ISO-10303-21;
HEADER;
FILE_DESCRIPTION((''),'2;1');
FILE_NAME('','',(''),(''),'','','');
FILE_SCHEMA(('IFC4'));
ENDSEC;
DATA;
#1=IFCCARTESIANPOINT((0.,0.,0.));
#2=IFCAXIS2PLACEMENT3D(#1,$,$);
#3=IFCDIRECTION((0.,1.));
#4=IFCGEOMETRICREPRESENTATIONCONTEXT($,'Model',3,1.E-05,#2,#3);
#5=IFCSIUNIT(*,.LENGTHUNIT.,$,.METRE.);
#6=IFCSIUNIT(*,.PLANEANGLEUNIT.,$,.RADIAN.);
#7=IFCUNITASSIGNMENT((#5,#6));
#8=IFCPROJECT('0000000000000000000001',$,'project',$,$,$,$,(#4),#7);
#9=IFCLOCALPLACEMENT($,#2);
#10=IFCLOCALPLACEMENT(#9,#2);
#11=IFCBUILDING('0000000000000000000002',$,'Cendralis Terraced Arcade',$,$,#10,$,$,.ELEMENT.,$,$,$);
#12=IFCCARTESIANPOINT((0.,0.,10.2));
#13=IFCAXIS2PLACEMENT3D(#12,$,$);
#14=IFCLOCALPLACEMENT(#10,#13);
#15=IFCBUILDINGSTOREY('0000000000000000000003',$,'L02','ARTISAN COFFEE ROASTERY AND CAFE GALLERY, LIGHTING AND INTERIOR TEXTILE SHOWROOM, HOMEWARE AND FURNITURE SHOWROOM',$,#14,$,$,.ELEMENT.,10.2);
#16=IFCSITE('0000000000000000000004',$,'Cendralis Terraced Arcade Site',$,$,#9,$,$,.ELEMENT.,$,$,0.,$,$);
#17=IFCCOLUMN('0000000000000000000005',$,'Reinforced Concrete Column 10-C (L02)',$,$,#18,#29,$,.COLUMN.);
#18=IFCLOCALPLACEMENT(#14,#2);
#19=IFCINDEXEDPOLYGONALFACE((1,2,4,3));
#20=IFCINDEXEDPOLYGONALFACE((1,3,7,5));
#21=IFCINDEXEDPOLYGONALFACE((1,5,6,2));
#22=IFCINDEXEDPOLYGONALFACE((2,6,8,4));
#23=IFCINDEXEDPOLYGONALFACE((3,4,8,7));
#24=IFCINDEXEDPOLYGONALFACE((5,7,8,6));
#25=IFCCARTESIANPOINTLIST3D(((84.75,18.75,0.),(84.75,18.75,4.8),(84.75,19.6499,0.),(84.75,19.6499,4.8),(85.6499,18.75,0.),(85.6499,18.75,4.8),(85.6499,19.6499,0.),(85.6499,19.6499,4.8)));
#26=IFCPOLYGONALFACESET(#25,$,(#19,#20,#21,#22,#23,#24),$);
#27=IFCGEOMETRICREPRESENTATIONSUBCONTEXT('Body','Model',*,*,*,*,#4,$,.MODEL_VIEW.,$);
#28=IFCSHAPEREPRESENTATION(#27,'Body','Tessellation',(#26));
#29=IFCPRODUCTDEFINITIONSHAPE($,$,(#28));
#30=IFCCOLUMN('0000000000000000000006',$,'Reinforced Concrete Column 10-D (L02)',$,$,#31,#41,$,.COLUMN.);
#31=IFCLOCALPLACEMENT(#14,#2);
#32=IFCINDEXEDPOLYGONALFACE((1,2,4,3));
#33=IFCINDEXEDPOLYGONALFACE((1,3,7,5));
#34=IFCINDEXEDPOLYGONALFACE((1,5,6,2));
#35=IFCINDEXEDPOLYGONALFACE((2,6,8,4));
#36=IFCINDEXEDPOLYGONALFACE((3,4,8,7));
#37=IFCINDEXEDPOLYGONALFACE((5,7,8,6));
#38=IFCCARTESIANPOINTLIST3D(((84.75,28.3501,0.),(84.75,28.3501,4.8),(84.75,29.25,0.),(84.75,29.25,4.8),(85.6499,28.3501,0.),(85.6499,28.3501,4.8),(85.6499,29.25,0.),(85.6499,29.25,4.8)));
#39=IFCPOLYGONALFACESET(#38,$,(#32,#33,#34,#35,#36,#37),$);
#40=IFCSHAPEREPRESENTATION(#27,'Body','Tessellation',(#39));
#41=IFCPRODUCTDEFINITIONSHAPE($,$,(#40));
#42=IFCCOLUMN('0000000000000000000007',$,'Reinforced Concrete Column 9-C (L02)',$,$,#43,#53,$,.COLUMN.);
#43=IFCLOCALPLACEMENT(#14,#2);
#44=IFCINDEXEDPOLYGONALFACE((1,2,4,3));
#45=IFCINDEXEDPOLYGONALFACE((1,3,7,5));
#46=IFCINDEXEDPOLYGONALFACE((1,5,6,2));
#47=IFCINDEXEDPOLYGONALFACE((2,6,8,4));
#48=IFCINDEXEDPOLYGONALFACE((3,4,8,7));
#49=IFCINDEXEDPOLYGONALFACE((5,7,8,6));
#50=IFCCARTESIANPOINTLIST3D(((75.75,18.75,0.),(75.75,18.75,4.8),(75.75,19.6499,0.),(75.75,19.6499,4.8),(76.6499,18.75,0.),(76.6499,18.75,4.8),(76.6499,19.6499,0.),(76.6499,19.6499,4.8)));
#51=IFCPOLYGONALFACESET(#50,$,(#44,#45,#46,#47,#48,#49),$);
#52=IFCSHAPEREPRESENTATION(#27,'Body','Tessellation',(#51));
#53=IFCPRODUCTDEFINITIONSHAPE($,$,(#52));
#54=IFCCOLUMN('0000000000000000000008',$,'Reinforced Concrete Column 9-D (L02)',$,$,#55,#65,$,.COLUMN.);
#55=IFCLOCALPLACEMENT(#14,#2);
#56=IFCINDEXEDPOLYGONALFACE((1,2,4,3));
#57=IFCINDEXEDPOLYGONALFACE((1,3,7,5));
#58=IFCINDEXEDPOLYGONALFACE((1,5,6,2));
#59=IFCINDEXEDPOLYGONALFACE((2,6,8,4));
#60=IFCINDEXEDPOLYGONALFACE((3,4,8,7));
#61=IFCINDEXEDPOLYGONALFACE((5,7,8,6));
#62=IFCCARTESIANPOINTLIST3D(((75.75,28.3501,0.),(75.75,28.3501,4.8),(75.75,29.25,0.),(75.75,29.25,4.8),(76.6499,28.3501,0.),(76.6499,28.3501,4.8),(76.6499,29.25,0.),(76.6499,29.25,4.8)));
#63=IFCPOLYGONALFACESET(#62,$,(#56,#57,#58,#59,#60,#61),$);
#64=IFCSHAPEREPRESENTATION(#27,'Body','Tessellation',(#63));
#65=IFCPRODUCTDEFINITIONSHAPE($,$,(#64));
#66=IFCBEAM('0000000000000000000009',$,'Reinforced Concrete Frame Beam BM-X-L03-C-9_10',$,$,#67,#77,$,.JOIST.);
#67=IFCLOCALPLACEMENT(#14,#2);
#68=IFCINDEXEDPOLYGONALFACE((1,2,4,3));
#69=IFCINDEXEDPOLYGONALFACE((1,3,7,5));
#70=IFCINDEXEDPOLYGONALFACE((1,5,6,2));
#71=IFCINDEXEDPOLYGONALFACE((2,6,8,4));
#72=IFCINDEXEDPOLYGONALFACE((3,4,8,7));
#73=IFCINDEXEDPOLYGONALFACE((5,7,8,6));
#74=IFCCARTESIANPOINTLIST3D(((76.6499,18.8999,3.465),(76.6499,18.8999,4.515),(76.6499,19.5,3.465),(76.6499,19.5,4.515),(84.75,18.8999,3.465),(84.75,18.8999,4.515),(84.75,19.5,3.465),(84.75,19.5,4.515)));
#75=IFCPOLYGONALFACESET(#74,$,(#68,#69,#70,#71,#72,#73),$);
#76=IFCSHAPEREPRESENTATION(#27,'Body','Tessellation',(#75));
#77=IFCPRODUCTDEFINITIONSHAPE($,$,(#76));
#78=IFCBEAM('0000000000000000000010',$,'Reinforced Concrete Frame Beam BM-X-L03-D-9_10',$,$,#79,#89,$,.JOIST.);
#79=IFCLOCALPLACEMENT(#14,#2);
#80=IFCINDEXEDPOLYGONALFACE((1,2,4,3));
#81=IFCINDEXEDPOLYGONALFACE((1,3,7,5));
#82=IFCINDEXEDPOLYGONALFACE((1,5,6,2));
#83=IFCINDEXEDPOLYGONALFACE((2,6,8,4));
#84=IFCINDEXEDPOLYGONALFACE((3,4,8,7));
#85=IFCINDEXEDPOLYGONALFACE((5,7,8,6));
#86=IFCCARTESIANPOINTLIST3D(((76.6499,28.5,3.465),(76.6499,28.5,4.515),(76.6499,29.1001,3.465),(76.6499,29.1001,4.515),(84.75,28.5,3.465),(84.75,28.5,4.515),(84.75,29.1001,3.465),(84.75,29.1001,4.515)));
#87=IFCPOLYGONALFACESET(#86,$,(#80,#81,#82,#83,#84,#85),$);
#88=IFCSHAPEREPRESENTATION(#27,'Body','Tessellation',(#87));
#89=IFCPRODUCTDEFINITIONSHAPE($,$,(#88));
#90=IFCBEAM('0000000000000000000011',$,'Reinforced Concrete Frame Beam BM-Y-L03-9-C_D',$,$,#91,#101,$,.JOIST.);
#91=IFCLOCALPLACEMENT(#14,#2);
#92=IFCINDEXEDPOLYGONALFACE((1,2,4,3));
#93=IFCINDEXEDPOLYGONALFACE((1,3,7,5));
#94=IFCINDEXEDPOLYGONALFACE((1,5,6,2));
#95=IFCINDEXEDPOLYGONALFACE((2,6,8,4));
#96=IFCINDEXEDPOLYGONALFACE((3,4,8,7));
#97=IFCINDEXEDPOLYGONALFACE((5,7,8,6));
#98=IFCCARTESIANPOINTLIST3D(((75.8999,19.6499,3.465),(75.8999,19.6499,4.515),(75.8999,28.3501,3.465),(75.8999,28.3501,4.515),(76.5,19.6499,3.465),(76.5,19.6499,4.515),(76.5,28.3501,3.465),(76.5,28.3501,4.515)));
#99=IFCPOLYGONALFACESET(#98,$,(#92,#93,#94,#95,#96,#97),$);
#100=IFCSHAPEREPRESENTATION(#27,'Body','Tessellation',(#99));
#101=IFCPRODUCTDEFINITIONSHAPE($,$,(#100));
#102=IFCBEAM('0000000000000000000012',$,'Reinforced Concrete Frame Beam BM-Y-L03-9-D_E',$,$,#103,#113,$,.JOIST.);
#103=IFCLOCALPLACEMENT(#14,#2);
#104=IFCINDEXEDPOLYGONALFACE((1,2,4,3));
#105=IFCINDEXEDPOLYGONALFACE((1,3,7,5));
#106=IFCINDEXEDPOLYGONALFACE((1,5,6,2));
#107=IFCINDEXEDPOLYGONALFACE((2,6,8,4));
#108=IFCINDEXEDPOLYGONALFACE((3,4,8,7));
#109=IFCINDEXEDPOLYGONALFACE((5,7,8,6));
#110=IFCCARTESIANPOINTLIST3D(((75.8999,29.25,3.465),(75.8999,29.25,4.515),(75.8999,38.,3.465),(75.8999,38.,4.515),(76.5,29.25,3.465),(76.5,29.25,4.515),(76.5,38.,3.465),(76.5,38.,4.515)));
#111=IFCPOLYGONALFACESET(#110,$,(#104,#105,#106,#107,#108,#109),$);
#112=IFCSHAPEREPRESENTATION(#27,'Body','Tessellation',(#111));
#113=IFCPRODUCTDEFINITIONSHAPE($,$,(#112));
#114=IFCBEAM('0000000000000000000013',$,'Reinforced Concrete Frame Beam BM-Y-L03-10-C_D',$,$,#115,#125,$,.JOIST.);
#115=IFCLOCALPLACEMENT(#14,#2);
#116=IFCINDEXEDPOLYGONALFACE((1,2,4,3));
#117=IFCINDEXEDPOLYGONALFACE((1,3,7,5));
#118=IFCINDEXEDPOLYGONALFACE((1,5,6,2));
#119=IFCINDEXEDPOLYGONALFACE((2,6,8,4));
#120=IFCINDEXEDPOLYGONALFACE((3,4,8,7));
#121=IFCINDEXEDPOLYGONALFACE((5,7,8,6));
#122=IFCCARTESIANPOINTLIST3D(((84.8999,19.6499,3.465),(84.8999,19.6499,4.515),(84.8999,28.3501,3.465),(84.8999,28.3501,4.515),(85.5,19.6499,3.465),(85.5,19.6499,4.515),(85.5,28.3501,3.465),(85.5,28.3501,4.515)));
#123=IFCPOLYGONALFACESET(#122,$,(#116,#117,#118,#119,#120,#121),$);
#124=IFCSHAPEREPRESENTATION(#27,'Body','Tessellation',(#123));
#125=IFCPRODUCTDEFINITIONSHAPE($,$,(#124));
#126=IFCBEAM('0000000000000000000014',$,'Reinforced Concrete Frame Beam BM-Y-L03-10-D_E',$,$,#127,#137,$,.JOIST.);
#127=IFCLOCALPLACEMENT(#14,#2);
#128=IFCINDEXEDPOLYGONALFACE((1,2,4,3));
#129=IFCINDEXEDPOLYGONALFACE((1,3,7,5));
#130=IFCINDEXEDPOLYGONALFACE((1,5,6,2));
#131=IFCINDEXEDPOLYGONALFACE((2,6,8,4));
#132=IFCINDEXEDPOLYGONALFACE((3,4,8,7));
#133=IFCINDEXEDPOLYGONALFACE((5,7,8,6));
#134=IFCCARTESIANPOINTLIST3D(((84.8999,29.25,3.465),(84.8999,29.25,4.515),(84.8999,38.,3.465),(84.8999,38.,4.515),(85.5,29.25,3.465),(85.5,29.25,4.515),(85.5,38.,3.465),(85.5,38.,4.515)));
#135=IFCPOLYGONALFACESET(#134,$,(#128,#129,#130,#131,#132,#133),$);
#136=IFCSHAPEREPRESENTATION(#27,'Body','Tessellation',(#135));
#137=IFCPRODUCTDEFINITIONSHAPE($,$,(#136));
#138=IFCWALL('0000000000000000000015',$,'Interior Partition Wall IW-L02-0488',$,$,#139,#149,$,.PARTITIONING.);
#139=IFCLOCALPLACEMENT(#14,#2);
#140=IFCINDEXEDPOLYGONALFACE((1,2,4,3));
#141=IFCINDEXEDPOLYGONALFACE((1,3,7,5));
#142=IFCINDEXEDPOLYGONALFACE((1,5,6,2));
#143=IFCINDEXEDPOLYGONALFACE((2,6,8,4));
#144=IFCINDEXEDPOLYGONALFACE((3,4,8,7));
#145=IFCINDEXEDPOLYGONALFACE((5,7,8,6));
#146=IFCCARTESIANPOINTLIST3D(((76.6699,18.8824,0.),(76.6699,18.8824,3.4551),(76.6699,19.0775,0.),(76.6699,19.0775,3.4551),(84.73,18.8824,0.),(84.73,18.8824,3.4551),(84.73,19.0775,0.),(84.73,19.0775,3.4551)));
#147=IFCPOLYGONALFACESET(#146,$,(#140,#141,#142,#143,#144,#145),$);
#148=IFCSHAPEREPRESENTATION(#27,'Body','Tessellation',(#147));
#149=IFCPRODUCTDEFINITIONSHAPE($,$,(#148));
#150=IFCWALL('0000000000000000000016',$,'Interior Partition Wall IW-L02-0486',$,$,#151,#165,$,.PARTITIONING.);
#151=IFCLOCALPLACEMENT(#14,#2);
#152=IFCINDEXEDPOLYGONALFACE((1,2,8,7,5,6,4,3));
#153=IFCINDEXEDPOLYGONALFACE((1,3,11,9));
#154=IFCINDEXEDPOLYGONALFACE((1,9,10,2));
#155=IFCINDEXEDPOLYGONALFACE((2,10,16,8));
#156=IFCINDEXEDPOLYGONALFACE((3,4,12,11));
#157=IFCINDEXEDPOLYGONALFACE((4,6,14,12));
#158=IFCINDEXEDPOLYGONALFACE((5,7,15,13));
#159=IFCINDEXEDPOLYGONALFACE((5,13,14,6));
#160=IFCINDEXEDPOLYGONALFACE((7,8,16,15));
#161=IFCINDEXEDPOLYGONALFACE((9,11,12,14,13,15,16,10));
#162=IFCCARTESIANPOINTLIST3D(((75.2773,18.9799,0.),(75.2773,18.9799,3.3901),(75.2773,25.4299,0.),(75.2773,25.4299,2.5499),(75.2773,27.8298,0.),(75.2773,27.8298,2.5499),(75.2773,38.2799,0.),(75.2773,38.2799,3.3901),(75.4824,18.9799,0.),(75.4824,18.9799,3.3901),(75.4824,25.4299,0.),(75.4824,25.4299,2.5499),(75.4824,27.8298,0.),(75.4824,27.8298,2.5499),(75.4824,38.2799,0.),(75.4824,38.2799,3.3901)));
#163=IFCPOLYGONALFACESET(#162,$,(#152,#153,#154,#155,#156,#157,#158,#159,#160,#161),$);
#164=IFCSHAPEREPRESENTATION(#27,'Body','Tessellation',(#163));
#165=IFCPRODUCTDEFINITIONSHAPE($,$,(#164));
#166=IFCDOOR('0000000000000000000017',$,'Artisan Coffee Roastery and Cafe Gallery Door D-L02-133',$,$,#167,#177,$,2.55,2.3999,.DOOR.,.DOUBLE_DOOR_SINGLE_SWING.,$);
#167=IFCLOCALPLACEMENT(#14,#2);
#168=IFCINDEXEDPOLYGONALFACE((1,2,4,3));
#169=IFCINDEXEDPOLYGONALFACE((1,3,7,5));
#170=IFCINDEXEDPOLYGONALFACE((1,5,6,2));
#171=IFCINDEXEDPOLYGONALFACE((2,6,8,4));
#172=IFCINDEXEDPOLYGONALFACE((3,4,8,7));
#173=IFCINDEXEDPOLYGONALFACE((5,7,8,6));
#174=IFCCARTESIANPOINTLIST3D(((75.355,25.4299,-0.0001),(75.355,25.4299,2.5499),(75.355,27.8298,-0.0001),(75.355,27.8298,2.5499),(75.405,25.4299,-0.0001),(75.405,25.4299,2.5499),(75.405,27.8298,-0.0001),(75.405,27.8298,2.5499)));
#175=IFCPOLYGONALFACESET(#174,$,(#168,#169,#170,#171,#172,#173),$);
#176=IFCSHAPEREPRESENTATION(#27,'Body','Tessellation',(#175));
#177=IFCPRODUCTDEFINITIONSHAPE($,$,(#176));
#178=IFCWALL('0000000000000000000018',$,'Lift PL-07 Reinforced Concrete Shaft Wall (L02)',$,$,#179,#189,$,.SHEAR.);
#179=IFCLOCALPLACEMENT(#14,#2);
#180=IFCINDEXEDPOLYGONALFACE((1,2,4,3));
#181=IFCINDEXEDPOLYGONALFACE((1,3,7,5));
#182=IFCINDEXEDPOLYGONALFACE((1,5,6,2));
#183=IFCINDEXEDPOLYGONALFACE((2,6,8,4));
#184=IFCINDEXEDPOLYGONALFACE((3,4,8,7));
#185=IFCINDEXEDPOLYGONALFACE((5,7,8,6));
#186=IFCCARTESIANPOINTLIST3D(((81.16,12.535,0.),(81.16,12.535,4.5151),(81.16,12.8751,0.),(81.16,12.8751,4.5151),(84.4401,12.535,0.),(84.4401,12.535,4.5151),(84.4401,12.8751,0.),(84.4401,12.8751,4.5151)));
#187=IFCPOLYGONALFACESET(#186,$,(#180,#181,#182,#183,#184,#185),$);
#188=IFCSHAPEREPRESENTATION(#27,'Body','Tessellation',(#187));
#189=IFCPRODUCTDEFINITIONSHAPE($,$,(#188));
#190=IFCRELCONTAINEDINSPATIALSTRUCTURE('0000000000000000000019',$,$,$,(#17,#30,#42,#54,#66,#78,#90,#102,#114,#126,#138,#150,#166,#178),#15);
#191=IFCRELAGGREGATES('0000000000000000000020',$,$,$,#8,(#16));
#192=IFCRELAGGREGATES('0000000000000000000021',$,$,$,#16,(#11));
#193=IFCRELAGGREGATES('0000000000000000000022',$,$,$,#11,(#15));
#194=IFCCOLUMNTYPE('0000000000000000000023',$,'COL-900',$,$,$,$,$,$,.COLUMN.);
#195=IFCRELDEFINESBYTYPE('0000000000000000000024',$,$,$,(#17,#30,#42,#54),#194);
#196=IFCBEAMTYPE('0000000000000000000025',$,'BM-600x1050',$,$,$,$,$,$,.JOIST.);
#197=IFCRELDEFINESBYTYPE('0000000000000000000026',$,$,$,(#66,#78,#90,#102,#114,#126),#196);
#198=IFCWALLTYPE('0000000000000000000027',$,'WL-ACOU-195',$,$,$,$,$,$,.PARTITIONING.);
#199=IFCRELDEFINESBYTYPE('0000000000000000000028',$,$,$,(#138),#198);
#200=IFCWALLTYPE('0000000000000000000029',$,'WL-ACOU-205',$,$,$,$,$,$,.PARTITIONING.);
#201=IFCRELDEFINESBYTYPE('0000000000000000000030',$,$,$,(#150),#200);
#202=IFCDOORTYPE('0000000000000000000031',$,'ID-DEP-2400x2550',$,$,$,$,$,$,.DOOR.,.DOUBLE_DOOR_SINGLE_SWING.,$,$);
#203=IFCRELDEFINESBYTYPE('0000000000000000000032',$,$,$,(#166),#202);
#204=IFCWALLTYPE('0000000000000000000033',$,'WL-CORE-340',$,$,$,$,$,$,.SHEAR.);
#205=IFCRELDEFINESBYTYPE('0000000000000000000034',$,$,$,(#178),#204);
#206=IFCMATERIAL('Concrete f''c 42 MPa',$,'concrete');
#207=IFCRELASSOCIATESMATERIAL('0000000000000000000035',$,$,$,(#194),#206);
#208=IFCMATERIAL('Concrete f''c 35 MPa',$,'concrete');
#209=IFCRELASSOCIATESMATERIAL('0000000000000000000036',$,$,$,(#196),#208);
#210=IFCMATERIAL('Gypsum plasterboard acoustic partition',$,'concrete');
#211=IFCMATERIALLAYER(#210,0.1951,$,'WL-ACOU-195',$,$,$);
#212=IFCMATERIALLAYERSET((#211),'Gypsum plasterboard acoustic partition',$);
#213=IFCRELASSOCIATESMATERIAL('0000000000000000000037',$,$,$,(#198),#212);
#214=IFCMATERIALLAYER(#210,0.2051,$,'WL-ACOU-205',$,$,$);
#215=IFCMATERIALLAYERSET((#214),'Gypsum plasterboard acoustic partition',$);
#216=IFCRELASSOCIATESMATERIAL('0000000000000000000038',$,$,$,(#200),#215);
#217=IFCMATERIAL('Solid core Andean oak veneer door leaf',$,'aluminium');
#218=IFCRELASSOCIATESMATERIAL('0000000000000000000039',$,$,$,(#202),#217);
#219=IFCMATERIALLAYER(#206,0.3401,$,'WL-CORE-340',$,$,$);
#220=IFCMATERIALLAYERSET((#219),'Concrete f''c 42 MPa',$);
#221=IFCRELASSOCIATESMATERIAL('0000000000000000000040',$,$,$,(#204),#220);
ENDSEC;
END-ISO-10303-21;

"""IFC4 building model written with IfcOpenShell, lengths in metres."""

from ifc_helpers import new_model, si_unit, direction, frame, frame_2d, origin, origin_2d, place, context, subcontext, project, spatial, rectangle, extrude, material, layer, layer_set, material_profile, profile_set, type_object, element, fill, save


model = new_model("IFC4")

# Units and contexts
model_context = context("Model", 3, precision=1e-05, world=origin(), true_north=direction((0.0, 1.0)))
body_context = subcontext(model_context, "Body", "Model", "MODEL_VIEW")
ifc_project = project(units=[si_unit("LENGTHUNIT", "METRE"), si_unit("PLANEANGLEUNIT", "RADIAN")], contexts=[model_context])

# Site, building, storey
site_placement = place(None, origin())
site = spatial("IfcSite", under=ifc_project, at=site_placement, Name="Cendralis Terraced Arcade Site", CompositionType="ELEMENT", RefElevation=0.0)
building_placement = place(site_placement, origin())
building = spatial("IfcBuilding", under=site, at=building_placement, Name="Cendralis Terraced Arcade", CompositionType="ELEMENT")
storey_placement = place(building_placement, frame((0.0, 0.0, 10.2)))
storey = spatial("IfcBuildingStorey", under=building, at=storey_placement, Name="L02", Description="ARTISAN COFFEE ROASTERY AND CAFE GALLERY, LIGHTING AND INTERIOR TEXTILE SHOWROOM, HOMEWARE AND FURNITURE SHOWROOM", CompositionType="ELEMENT", Elevation=10.2)

# Columns
ifc_material_1 = material(Name="Concrete f'c 42 MPa", Category="concrete")
ifc_material_profile_1 = material_profile(ifc_material_1, rectangle(XDim=0.8999, YDim=0.8999, at=origin_2d()), Name="RC-COL-900x900", Category="LoadBearing")
ifc_profile_set_1 = profile_set([ifc_material_profile_1], Name="Concrete f'c 42 MPa")
column_type = type_object("IfcColumnType", Name="COL-900", PredefinedType="COLUMN", material=ifc_profile_set_1)
for number, where, z_axis, x_axis, name in (
    (1, (85.2, 19.2, 0.0), (0.0, 0.0, 1.0), (1.0, 0.0, 0.0), "Reinforced Concrete Column 10-C (L02)"),
    (2, (85.2, 28.8, 0.0), (0.0, 0.0, 1.0), (1.0, 0.0, 0.0), "Reinforced Concrete Column 10-D (L02)"),
    (3, (76.2, 19.2, 0.0), (0.0, 0.0, 1.0), (1.0, 0.0, 0.0), "Reinforced Concrete Column 9-C (L02)"),
    (4, (76.2, 28.8, 0.0), (0.0, 0.0, 1.0), (1.0, 0.0, 0.0), "Reinforced Concrete Column 9-D (L02)"),
):
    element("IfcColumn", number, at=place(storey_placement, frame(where, z_axis=z_axis, x_axis=x_axis)), inside=storey, type_object=column_type, Name=name, PredefinedType="COLUMN", context=body_context, shape_type="SweptSolid", body=[
        extrude(rectangle(XDim=0.8999, YDim=0.8999, at=origin_2d()), origin(), (0.0, 0.0, 1.0), 4.8),
    ])

# Beams
ifc_material_2 = material(Name="Concrete f'c 35 MPa", Category="concrete")
ifc_material_profile_2 = material_profile(ifc_material_2, rectangle(XDim=0.6001, YDim=1.05, at=origin_2d()), Name="RC-BM-600x1050", Category="LoadBearing")
ifc_profile_set_2 = profile_set([ifc_material_profile_2], Name="Concrete f'c 35 MPa")
beam_type = type_object("IfcBeamType", Name="BM-600x1050", PredefinedType="JOIST", material=ifc_profile_set_2)
for number, where, z_axis, x_axis, name in (
    (5, (76.6499, 19.2, 3.99), (1.0, 0.0, 0.0), (0.0, 1.0, 0.0), "Reinforced Concrete Frame Beam BM-X-L03-C-9_10"),
    (6, (76.6499, 28.8, 3.99), (1.0, 0.0, 0.0), (0.0, 1.0, 0.0), "Reinforced Concrete Frame Beam BM-X-L03-D-9_10"),
):
    element("IfcBeam", number, at=place(storey_placement, frame(where, z_axis=z_axis, x_axis=x_axis)), inside=storey, type_object=beam_type, Name=name, PredefinedType="JOIST", context=body_context, shape_type="SweptSolid", body=[
        extrude(rectangle(XDim=0.6001, YDim=1.05, at=origin_2d()), origin(), (0.0, 0.0, 1.0), 8.1001),
    ])
beam_1_placement = place(storey_placement, frame((76.2, 19.6499, 3.99), z_axis=(0.0, 1.0, 0.0), x_axis=(-1.0, 0.0, 0.0)))
element("IfcBeam", 7, at=beam_1_placement, inside=storey, type_object=beam_type, Name="Reinforced Concrete Frame Beam BM-Y-L03-9-C_D", PredefinedType="JOIST", context=body_context, shape_type="SweptSolid", body=[
    extrude(rectangle(XDim=0.6001, YDim=1.05, at=origin_2d()), origin(), (0.0, 0.0, 1.0), 8.7002),
])
beam_2_placement = place(storey_placement, frame((76.2, 29.25, 3.99), z_axis=(0.0, 1.0, 0.0), x_axis=(-1.0, 0.0, 0.0)))
element("IfcBeam", 8, at=beam_2_placement, inside=storey, type_object=beam_type, Name="Reinforced Concrete Frame Beam BM-Y-L03-9-D_E", PredefinedType="JOIST", context=body_context, shape_type="SweptSolid", body=[
    extrude(rectangle(XDim=0.6001, YDim=1.05, at=origin_2d()), origin(), (0.0, 0.0, 1.0), 8.75),
])
beam_3_placement = place(storey_placement, frame((85.2, 19.6499, 3.99), z_axis=(0.0, 1.0, 0.0), x_axis=(-1.0, 0.0, 0.0)))
element("IfcBeam", 9, at=beam_3_placement, inside=storey, type_object=beam_type, Name="Reinforced Concrete Frame Beam BM-Y-L03-10-C_D", PredefinedType="JOIST", context=body_context, shape_type="SweptSolid", body=[
    extrude(rectangle(XDim=0.6001, YDim=1.05, at=origin_2d()), origin(), (0.0, 0.0, 1.0), 8.7002),
])
beam_4_placement = place(storey_placement, frame((85.2, 29.25, 3.99), z_axis=(0.0, 1.0, 0.0), x_axis=(-1.0, 0.0, 0.0)))
element("IfcBeam", 10, at=beam_4_placement, inside=storey, type_object=beam_type, Name="Reinforced Concrete Frame Beam BM-Y-L03-10-D_E", PredefinedType="JOIST", context=body_context, shape_type="SweptSolid", body=[
    extrude(rectangle(XDim=0.6001, YDim=1.05, at=origin_2d()), origin(), (0.0, 0.0, 1.0), 8.75),
])

# Wall
ifc_material_3 = material(Name="Gypsum plasterboard acoustic partition", Category="concrete")
ifc_layer_1 = layer(ifc_material_3, 0.1951, Name="WL-ACOU-195")
ifc_layer_set_1 = layer_set([ifc_layer_1], Name="Gypsum plasterboard acoustic partition")
wall_type_1 = type_object("IfcWallType", Name="WL-ACOU-195", PredefinedType="PARTITIONING", material=ifc_layer_set_1)
wall_1_placement = place(storey_placement, frame((84.73, 18.98, 0.0), z_axis=(0.0, 0.0, 1.0), x_axis=(-1.0, 0.0, 0.0)))
element("IfcWall", 11, at=wall_1_placement, inside=storey, type_object=wall_type_1, Name="Interior Partition Wall IW-L02-0488", PredefinedType="PARTITIONING", context=body_context, shape_type="SweptSolid", body=[
    extrude(rectangle(XDim=8.0601, YDim=0.1951, at=frame_2d((4.03, 0.0))), origin(), (0.0, 0.0, 1.0), 3.4551),
])

# Wall, opening, door
ifc_layer_2 = layer(ifc_material_3, 0.2051, Name="WL-ACOU-205")
ifc_layer_set_2 = layer_set([ifc_layer_2], Name="Gypsum plasterboard acoustic partition")
wall_type_2 = type_object("IfcWallType", Name="WL-ACOU-205", PredefinedType="PARTITIONING", material=ifc_layer_set_2)
wall_2_placement = place(storey_placement, frame((75.3799, 18.98, 0.0), z_axis=(0.0, 0.0, 1.0), x_axis=(0.0, 1.0, 0.0)))
wall_2 = element("IfcWall", 12, at=wall_2_placement, inside=storey, type_object=wall_type_2, Name="Interior Partition Wall IW-L02-0486", PredefinedType="PARTITIONING", context=body_context, shape_type="SweptSolid", body=[
    extrude(rectangle(XDim=19.3, YDim=0.2051, at=frame_2d((9.6499, 0.0))), origin(), (0.0, 0.0, 1.0), 3.3901),
])
opening_1_placement = place(wall_2_placement, frame((6.45, 0.0, 0.0)))
opening_1 = element("IfcOpeningElement", 13, at=opening_1_placement, cuts=wall_2, PredefinedType="OPENING", context=body_context, shape_type="SweptSolid", body=[
    extrude(rectangle(XDim=2.3999, YDim=2.55, at=frame_2d((1.2, 1.2749))), frame((0.0, 0.1145, 0.0), z_axis=(0.0, -1.0, 0.0), x_axis=(1.0, 0.0, 0.0)), (0.0, 0.0, 1.0), 0.229),
])
ifc_material_4 = material(Name="Solid core Andean oak veneer door leaf", Category="aluminium")
door_type_1 = type_object("IfcDoorType", Name="ID-DEP-2400x2550", OperationType="DOUBLE_DOOR_SINGLE_SWING", PredefinedType="DOOR", material=ifc_material_4)
door_1_placement = place(opening_1_placement, origin())
door_1 = element("IfcDoor", 14, at=door_1_placement, inside=storey, type_object=door_type_1, Name="Artisan Coffee Roastery and Cafe Gallery Door D-L02-133", OperationType="DOUBLE_DOOR_SINGLE_SWING", OverallHeight=2.55, OverallWidth=2.3999, PredefinedType="DOOR", context=body_context, shape_type="SweptSolid", body=[
    extrude(rectangle(XDim=2.3999, YDim=2.55, at=frame_2d((1.2, 1.2749))), frame((0.0, 0.0249, 0.0), z_axis=(0.0, -1.0, 0.0), x_axis=(1.0, 0.0, 0.0)), (0.0, 0.0, 1.0), 0.05),
])
fill(opening_1, door_1)

# Wall
ifc_layer_3 = layer(ifc_material_1, 0.3401, Name="WL-CORE-340")
ifc_layer_set_3 = layer_set([ifc_layer_3], Name="Concrete f'c 42 MPa")
wall_type_3 = type_object("IfcWallType", Name="WL-CORE-340", PredefinedType="SHEAR", material=ifc_layer_set_3)
wall_3_placement = place(storey_placement, frame((81.1599, 12.7051, 0.0), z_axis=(0.0, 0.0, 1.0), x_axis=(1.0, 0.0, 0.0)))
element("IfcWall", 15, at=wall_3_placement, inside=storey, type_object=wall_type_3, Name="Lift PL-07 Reinforced Concrete Shaft Wall (L02)", PredefinedType="SHEAR", context=body_context, shape_type="SweptSolid", body=[
    extrude(rectangle(XDim=3.28, YDim=0.3401, at=frame_2d((1.6401, 0.0))), origin(), (0.0, 0.0, 1.0), 4.5151),
])

save(model, "model.ifc")
